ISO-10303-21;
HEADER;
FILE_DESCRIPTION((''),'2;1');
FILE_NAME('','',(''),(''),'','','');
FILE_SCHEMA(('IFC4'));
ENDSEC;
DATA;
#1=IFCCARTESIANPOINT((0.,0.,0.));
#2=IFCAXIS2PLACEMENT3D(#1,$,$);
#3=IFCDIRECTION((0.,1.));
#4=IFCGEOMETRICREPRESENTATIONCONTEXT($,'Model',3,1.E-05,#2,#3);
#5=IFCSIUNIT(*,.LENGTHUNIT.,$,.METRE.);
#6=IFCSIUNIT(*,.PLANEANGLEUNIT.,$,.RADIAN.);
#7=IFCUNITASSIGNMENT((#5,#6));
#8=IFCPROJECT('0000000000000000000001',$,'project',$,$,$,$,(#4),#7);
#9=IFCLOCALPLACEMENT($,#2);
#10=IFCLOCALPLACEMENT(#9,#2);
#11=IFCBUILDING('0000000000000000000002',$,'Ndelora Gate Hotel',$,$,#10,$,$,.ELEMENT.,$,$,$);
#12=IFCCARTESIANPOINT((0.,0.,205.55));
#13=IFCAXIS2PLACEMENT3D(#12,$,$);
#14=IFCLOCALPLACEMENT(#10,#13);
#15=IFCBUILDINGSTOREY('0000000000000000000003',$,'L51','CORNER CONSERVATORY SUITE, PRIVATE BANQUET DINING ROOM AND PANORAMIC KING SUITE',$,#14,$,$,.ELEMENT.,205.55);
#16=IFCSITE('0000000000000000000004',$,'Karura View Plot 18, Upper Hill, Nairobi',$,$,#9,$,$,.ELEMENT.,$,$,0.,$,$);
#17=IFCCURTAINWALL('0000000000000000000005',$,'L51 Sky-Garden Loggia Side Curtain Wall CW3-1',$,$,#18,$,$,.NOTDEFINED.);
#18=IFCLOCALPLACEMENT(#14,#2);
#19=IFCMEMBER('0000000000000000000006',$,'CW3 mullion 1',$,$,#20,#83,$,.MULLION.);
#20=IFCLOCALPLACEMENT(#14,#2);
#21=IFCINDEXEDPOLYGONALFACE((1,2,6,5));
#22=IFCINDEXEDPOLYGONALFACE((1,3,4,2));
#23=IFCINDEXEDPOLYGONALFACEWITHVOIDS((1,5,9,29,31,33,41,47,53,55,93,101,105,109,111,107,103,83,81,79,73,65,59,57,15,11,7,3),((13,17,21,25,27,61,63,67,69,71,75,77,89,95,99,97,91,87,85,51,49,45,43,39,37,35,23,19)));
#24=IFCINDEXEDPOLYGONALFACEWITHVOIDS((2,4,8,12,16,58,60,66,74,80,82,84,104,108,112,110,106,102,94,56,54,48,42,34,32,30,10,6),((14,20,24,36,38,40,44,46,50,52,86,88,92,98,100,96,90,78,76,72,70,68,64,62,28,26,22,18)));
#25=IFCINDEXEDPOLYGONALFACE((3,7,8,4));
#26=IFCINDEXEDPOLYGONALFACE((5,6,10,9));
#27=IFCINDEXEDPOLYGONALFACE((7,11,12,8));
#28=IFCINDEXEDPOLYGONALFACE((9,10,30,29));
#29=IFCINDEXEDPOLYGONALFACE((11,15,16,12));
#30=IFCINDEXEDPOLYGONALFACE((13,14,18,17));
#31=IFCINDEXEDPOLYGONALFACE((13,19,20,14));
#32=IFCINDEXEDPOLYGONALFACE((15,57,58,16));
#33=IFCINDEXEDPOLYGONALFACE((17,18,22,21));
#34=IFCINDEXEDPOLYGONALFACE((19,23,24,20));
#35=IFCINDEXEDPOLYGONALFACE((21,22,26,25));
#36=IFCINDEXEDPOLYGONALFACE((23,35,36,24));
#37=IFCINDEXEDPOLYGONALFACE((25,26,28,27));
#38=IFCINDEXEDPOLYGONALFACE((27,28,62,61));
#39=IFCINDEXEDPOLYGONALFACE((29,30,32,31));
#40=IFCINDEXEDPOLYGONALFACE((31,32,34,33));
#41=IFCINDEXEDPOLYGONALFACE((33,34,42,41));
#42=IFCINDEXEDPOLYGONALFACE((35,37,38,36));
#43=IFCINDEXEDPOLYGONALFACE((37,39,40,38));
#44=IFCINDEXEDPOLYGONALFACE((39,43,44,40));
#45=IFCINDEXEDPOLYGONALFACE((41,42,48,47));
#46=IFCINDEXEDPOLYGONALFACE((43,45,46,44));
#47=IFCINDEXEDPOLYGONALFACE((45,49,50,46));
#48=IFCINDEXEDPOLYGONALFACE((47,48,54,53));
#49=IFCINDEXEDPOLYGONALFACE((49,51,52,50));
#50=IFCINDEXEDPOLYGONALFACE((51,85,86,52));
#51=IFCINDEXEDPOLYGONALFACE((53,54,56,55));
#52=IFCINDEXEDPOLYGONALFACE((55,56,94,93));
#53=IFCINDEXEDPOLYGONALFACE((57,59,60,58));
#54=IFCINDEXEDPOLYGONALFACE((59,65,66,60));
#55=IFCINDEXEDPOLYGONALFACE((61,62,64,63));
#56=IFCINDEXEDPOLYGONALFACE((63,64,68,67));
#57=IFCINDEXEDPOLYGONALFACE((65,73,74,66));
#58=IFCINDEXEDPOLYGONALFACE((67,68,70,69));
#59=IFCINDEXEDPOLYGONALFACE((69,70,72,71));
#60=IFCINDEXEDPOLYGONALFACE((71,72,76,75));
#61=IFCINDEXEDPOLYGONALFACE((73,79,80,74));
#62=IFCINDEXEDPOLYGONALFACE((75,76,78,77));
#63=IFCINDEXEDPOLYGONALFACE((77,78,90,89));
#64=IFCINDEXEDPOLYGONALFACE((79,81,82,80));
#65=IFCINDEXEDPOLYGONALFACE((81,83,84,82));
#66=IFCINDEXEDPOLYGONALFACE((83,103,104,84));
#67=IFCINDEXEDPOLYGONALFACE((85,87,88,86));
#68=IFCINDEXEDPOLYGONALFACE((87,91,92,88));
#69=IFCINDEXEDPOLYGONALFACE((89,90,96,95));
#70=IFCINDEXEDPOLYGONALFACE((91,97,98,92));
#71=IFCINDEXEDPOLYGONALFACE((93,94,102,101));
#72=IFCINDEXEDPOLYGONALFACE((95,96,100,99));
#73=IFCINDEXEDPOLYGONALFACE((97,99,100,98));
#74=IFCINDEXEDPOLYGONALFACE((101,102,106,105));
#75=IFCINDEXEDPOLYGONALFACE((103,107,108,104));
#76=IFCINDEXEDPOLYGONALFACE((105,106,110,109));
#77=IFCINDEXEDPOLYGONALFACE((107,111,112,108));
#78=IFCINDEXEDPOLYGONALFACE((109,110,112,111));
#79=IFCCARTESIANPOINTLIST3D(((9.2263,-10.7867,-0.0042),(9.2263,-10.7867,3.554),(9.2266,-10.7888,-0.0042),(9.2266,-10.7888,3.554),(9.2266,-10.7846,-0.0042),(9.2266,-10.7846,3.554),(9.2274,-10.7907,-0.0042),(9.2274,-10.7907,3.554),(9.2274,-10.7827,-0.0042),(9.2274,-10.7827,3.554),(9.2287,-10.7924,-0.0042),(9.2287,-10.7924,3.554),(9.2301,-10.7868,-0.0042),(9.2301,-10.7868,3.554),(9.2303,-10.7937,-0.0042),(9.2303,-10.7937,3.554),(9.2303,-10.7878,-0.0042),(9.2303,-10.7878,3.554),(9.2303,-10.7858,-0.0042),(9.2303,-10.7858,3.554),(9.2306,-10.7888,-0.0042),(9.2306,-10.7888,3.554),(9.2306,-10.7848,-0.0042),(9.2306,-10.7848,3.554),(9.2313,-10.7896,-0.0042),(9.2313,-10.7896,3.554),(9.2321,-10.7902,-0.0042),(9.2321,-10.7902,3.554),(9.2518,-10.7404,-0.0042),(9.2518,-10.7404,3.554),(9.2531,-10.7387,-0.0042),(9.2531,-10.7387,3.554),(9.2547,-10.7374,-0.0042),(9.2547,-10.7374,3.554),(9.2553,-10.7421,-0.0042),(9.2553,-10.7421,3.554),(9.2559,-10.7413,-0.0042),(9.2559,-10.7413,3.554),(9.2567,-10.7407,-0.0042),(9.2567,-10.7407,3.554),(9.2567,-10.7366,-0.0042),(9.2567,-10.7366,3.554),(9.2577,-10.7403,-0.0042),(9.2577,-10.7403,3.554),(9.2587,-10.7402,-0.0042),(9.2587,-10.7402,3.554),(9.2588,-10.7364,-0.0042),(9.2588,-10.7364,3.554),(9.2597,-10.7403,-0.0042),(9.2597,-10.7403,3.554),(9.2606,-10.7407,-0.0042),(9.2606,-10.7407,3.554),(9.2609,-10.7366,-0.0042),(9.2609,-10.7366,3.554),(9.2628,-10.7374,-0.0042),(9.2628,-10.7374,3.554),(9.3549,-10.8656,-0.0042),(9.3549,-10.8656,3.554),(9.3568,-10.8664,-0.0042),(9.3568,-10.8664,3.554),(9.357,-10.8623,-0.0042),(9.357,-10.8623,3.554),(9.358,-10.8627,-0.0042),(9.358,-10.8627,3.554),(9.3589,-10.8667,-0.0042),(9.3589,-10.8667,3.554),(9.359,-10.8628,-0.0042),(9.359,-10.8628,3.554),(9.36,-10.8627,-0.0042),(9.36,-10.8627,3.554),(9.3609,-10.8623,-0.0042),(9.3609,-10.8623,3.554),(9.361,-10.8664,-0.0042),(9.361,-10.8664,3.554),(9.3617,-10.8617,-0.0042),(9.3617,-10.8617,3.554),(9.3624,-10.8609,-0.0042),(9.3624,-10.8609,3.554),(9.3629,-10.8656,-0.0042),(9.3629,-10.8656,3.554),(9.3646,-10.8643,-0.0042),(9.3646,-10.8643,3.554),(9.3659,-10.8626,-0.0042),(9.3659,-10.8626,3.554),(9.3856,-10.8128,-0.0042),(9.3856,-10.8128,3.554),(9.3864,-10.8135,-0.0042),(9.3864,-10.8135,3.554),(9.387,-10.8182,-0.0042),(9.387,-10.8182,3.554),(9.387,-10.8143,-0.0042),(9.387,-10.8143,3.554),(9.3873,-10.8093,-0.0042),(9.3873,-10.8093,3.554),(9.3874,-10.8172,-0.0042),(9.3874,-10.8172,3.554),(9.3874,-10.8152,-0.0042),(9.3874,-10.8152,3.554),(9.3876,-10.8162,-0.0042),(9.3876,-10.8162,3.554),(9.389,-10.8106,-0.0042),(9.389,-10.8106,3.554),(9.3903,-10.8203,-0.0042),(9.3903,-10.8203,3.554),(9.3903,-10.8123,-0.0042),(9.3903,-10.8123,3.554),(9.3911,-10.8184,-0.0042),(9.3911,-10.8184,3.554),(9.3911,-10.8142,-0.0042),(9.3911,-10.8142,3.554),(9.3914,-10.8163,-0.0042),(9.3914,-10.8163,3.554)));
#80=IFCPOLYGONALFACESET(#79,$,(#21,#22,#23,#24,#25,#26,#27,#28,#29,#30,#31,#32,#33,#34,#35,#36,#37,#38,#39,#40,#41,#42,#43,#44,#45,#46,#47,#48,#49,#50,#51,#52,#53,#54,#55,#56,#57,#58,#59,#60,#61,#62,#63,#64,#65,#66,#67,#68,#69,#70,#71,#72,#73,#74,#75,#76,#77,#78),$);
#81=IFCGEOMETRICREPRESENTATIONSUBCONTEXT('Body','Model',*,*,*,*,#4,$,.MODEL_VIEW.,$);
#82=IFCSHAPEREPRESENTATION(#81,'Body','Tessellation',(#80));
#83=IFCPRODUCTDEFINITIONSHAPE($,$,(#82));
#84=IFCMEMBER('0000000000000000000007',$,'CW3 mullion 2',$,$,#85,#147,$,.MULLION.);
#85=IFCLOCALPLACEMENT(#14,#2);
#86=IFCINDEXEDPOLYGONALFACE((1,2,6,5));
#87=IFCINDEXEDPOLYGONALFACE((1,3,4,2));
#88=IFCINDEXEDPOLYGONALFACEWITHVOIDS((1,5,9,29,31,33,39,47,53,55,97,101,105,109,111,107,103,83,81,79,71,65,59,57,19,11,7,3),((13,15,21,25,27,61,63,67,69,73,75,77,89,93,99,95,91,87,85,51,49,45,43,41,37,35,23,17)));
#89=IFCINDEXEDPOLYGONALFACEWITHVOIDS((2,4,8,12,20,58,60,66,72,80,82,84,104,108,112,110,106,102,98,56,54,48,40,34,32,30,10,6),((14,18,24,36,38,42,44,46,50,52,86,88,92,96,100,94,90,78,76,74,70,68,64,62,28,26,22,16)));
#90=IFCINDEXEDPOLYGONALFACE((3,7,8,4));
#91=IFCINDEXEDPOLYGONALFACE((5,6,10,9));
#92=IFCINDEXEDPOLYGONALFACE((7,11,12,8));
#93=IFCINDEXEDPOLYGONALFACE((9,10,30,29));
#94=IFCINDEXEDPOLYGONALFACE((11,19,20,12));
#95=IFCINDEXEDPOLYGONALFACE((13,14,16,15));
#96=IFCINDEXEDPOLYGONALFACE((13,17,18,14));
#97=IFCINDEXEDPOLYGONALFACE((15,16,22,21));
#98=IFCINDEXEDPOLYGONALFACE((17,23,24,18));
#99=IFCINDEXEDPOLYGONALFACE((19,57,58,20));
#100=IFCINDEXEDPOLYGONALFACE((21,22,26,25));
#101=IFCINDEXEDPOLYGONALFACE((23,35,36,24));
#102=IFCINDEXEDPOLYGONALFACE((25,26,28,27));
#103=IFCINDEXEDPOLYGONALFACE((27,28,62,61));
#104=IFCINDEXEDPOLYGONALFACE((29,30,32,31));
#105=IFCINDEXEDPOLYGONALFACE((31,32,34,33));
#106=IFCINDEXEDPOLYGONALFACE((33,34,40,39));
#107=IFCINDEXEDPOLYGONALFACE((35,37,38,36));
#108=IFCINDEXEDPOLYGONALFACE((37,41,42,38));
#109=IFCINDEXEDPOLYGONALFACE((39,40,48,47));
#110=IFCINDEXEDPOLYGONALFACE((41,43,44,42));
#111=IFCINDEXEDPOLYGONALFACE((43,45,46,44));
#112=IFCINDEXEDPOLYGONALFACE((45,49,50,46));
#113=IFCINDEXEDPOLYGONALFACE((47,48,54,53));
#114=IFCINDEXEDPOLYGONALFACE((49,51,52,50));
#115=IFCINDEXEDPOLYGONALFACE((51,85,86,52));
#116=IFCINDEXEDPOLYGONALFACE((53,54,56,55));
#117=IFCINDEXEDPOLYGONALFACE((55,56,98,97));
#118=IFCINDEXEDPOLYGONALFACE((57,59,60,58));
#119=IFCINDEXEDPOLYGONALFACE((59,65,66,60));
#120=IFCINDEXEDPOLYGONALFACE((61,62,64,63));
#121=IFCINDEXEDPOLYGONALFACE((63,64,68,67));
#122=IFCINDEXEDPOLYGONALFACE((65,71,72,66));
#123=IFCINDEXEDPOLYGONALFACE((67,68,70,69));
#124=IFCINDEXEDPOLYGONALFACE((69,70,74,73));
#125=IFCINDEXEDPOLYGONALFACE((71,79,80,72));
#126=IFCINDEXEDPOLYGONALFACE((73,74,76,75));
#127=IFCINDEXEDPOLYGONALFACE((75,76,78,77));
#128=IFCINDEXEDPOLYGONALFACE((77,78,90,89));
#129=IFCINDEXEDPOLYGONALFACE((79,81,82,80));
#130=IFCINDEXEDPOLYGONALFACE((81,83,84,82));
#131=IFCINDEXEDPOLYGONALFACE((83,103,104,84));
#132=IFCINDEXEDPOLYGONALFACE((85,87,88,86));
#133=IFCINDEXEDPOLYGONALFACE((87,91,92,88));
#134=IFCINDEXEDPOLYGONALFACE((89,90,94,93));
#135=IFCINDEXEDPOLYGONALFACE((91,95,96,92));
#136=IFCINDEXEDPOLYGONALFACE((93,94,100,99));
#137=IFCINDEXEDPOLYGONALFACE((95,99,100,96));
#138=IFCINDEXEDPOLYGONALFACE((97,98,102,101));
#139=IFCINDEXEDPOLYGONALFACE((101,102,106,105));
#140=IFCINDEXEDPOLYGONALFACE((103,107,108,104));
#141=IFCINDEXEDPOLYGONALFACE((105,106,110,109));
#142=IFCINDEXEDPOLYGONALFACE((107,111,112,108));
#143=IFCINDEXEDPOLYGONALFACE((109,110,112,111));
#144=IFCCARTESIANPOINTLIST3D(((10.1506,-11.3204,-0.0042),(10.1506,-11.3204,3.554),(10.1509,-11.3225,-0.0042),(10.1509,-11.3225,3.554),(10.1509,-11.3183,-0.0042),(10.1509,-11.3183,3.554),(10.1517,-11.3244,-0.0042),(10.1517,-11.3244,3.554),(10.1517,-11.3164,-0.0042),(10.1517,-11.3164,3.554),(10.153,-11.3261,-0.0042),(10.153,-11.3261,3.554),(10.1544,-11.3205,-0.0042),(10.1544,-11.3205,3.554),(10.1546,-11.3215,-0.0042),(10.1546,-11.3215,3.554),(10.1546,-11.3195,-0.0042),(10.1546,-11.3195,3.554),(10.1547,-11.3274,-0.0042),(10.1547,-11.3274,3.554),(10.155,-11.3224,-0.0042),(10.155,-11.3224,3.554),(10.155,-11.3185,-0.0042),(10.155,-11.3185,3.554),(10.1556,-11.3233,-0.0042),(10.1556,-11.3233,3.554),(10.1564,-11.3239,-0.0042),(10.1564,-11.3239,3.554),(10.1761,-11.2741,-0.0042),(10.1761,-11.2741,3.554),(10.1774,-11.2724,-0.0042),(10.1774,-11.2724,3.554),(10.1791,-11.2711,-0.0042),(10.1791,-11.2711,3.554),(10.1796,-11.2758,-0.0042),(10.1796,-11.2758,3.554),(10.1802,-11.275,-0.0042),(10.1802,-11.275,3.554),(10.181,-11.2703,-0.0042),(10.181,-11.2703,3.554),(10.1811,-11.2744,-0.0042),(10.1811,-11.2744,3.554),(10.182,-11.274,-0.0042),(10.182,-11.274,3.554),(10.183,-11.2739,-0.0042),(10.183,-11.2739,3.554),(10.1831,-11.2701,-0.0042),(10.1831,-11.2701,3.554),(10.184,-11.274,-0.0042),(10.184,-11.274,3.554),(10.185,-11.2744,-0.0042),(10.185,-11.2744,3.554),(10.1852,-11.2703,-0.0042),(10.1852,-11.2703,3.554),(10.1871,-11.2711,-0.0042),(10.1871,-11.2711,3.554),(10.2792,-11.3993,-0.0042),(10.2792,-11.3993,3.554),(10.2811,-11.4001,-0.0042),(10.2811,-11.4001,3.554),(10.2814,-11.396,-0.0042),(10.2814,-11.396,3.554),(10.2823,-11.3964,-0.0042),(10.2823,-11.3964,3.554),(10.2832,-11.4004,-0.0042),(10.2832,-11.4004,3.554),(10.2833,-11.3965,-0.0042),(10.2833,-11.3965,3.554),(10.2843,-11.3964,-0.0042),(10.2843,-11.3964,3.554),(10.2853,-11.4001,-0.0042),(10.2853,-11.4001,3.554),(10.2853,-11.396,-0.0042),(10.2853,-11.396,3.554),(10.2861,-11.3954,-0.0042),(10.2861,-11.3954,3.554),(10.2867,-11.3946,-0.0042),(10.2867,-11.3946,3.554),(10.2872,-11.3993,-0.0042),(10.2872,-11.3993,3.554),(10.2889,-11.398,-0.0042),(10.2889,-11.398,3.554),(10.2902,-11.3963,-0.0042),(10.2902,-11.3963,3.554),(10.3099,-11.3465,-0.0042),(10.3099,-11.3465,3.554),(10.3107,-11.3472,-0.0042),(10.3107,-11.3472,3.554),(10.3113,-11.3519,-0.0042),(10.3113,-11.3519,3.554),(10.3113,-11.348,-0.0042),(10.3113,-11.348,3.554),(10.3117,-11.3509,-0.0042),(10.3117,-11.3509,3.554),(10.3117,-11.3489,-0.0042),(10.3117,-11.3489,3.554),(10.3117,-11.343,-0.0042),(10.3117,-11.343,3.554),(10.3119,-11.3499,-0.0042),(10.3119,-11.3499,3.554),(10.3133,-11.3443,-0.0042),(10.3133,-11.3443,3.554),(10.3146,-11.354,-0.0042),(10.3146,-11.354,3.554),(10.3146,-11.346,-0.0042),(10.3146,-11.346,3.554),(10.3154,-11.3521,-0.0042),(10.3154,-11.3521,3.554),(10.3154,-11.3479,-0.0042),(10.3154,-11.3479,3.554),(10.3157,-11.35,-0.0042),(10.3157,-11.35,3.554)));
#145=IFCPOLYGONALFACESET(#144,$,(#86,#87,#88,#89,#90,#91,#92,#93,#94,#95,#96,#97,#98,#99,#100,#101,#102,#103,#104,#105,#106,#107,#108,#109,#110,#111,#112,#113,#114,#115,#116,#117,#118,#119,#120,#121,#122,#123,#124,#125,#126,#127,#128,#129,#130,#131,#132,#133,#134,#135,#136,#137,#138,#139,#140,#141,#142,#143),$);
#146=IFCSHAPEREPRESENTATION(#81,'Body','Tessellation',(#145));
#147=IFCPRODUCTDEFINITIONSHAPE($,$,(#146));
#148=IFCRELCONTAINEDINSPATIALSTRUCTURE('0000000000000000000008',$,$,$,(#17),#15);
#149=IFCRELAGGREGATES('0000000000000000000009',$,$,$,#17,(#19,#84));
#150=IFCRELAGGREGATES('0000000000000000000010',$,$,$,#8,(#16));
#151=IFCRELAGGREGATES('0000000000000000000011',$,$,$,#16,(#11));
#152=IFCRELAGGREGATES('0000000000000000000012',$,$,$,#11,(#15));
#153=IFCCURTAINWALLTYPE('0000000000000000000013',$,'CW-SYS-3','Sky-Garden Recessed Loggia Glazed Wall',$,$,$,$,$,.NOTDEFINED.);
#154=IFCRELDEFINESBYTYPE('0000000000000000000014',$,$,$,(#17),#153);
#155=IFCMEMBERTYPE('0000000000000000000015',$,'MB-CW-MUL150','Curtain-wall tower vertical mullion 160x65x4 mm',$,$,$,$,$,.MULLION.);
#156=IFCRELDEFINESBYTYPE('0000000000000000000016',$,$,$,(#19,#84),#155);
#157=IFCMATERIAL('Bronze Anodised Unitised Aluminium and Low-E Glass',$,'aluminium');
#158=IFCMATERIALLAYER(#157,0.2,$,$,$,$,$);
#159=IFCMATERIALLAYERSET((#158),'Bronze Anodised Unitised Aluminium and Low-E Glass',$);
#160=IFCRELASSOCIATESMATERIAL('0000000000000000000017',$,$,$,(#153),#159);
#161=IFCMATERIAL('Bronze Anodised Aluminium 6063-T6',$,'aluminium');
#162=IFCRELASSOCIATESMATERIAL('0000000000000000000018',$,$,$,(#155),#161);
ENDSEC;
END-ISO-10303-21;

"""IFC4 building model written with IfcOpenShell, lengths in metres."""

from ifc_helpers import new_model, si_unit, direction, frame, origin, origin_2d, place, context, subcontext, project, spatial, hollow_rectangle, extrude, material, layer, layer_set, material_profile, profile_set, type_object, element, aggregate, save


model = new_model("IFC4")

# Units and contexts
model_context = context("Model", 3, precision=1e-05, world=origin(), true_north=direction((0.0, 1.0)))
body_context = subcontext(model_context, "Body", "Model", "MODEL_VIEW")
ifc_project = project(units=[si_unit("LENGTHUNIT", "METRE"), si_unit("PLANEANGLEUNIT", "RADIAN")], contexts=[model_context])

# Site, building, storey
site_placement = place(None, origin())
site = spatial("IfcSite", under=ifc_project, at=site_placement, Name="Karura View Plot 18, Upper Hill, Nairobi", CompositionType="ELEMENT", RefElevation=0.0)
building_placement = place(site_placement, origin())
building = spatial("IfcBuilding", under=site, at=building_placement, Name="Ndelora Gate Hotel", CompositionType="ELEMENT")
storey_placement = place(building_placement, frame((0.0, 0.0, 205.55)))
storey = spatial("IfcBuildingStorey", under=building, at=storey_placement, Name="L51", Description="CORNER CONSERVATORY SUITE, PRIVATE BANQUET DINING ROOM AND PANORAMIC KING SUITE", CompositionType="ELEMENT", Elevation=205.55)

# Curtain wall, members
ifc_material_1 = material(Name="Bronze Anodised Unitised Aluminium and Low-E Glass", Category="aluminium")
ifc_layer_1 = layer(ifc_material_1, 0.2)
ifc_layer_set_1 = layer_set([ifc_layer_1], Name="Bronze Anodised Unitised Aluminium and Low-E Glass")
curtain_wall_type = type_object("IfcCurtainWallType", Name="CW-SYS-3", Description="Sky-Garden Recessed Loggia Glazed Wall", PredefinedType="NOTDEFINED", material=ifc_layer_set_1)
curtain_wall_placement = place(storey_placement, origin())
curtain_wall = element("IfcCurtainWall", 1, at=curtain_wall_placement, inside=storey, type_object=curtain_wall_type, Name="L51 Sky-Garden Loggia Side Curtain Wall CW3-1", PredefinedType="NOTDEFINED")
ifc_material_2 = material(Name="Bronze Anodised Aluminium 6063-T6", Category="aluminium")
ifc_material_profile_1 = material_profile(ifc_material_2, hollow_rectangle(XDim=0.0649, YDim=0.1599, WallThickness=0.0039, InnerFilletRadius=0.0039, OuterFilletRadius=0.0081, at=origin_2d()), Name="ALU 160x65x4")
ifc_profile_set_1 = profile_set([ifc_material_profile_1], Name="Bronze Anodised Aluminium 6063-T6")
member_type_1 = type_object("IfcMemberType", Name="MB-CW-MUL150", Description="Curtain-wall tower vertical mullion 160x65x4 mm", PredefinedType="MULLION", material=ifc_profile_set_1)
member_1_placement = place(storey_placement, frame((9.3088, -10.8015, -0.0042), z_axis=(0.0, 0.0, 1.0), x_axis=(0.499991, 0.86603, 0.0)))
member_1 = element("IfcMember", 2, at=member_1_placement, type_object=member_type_1, Name="CW3 mullion 1", PredefinedType="MULLION", context=body_context, shape_type="SweptSolid", body=[
    extrude(hollow_rectangle(XDim=0.0649, YDim=0.1599, WallThickness=0.0039, InnerFilletRadius=0.0039, OuterFilletRadius=0.0081, at=origin_2d()), origin(), (0.0, 0.0, 1.0), 3.5581),
])
member_2_placement = place(storey_placement, frame((10.2332, -11.3352, -0.0042), z_axis=(0.0, 0.0, 1.0), x_axis=(0.499991, 0.86603, 0.0)))
member_2 = element("IfcMember", 3, at=member_2_placement, type_object=member_type_1, Name="CW3 mullion 2", PredefinedType="MULLION", context=body_context, shape_type="SweptSolid", body=[
    extrude(hollow_rectangle(XDim=0.0649, YDim=0.1599, WallThickness=0.0039, InnerFilletRadius=0.0039, OuterFilletRadius=0.0081, at=origin_2d()), origin(), (0.0, 0.0, 1.0), 3.5581),
])
aggregate(curtain_wall, [member_1, member_2])

save(model, "model.ifc")
